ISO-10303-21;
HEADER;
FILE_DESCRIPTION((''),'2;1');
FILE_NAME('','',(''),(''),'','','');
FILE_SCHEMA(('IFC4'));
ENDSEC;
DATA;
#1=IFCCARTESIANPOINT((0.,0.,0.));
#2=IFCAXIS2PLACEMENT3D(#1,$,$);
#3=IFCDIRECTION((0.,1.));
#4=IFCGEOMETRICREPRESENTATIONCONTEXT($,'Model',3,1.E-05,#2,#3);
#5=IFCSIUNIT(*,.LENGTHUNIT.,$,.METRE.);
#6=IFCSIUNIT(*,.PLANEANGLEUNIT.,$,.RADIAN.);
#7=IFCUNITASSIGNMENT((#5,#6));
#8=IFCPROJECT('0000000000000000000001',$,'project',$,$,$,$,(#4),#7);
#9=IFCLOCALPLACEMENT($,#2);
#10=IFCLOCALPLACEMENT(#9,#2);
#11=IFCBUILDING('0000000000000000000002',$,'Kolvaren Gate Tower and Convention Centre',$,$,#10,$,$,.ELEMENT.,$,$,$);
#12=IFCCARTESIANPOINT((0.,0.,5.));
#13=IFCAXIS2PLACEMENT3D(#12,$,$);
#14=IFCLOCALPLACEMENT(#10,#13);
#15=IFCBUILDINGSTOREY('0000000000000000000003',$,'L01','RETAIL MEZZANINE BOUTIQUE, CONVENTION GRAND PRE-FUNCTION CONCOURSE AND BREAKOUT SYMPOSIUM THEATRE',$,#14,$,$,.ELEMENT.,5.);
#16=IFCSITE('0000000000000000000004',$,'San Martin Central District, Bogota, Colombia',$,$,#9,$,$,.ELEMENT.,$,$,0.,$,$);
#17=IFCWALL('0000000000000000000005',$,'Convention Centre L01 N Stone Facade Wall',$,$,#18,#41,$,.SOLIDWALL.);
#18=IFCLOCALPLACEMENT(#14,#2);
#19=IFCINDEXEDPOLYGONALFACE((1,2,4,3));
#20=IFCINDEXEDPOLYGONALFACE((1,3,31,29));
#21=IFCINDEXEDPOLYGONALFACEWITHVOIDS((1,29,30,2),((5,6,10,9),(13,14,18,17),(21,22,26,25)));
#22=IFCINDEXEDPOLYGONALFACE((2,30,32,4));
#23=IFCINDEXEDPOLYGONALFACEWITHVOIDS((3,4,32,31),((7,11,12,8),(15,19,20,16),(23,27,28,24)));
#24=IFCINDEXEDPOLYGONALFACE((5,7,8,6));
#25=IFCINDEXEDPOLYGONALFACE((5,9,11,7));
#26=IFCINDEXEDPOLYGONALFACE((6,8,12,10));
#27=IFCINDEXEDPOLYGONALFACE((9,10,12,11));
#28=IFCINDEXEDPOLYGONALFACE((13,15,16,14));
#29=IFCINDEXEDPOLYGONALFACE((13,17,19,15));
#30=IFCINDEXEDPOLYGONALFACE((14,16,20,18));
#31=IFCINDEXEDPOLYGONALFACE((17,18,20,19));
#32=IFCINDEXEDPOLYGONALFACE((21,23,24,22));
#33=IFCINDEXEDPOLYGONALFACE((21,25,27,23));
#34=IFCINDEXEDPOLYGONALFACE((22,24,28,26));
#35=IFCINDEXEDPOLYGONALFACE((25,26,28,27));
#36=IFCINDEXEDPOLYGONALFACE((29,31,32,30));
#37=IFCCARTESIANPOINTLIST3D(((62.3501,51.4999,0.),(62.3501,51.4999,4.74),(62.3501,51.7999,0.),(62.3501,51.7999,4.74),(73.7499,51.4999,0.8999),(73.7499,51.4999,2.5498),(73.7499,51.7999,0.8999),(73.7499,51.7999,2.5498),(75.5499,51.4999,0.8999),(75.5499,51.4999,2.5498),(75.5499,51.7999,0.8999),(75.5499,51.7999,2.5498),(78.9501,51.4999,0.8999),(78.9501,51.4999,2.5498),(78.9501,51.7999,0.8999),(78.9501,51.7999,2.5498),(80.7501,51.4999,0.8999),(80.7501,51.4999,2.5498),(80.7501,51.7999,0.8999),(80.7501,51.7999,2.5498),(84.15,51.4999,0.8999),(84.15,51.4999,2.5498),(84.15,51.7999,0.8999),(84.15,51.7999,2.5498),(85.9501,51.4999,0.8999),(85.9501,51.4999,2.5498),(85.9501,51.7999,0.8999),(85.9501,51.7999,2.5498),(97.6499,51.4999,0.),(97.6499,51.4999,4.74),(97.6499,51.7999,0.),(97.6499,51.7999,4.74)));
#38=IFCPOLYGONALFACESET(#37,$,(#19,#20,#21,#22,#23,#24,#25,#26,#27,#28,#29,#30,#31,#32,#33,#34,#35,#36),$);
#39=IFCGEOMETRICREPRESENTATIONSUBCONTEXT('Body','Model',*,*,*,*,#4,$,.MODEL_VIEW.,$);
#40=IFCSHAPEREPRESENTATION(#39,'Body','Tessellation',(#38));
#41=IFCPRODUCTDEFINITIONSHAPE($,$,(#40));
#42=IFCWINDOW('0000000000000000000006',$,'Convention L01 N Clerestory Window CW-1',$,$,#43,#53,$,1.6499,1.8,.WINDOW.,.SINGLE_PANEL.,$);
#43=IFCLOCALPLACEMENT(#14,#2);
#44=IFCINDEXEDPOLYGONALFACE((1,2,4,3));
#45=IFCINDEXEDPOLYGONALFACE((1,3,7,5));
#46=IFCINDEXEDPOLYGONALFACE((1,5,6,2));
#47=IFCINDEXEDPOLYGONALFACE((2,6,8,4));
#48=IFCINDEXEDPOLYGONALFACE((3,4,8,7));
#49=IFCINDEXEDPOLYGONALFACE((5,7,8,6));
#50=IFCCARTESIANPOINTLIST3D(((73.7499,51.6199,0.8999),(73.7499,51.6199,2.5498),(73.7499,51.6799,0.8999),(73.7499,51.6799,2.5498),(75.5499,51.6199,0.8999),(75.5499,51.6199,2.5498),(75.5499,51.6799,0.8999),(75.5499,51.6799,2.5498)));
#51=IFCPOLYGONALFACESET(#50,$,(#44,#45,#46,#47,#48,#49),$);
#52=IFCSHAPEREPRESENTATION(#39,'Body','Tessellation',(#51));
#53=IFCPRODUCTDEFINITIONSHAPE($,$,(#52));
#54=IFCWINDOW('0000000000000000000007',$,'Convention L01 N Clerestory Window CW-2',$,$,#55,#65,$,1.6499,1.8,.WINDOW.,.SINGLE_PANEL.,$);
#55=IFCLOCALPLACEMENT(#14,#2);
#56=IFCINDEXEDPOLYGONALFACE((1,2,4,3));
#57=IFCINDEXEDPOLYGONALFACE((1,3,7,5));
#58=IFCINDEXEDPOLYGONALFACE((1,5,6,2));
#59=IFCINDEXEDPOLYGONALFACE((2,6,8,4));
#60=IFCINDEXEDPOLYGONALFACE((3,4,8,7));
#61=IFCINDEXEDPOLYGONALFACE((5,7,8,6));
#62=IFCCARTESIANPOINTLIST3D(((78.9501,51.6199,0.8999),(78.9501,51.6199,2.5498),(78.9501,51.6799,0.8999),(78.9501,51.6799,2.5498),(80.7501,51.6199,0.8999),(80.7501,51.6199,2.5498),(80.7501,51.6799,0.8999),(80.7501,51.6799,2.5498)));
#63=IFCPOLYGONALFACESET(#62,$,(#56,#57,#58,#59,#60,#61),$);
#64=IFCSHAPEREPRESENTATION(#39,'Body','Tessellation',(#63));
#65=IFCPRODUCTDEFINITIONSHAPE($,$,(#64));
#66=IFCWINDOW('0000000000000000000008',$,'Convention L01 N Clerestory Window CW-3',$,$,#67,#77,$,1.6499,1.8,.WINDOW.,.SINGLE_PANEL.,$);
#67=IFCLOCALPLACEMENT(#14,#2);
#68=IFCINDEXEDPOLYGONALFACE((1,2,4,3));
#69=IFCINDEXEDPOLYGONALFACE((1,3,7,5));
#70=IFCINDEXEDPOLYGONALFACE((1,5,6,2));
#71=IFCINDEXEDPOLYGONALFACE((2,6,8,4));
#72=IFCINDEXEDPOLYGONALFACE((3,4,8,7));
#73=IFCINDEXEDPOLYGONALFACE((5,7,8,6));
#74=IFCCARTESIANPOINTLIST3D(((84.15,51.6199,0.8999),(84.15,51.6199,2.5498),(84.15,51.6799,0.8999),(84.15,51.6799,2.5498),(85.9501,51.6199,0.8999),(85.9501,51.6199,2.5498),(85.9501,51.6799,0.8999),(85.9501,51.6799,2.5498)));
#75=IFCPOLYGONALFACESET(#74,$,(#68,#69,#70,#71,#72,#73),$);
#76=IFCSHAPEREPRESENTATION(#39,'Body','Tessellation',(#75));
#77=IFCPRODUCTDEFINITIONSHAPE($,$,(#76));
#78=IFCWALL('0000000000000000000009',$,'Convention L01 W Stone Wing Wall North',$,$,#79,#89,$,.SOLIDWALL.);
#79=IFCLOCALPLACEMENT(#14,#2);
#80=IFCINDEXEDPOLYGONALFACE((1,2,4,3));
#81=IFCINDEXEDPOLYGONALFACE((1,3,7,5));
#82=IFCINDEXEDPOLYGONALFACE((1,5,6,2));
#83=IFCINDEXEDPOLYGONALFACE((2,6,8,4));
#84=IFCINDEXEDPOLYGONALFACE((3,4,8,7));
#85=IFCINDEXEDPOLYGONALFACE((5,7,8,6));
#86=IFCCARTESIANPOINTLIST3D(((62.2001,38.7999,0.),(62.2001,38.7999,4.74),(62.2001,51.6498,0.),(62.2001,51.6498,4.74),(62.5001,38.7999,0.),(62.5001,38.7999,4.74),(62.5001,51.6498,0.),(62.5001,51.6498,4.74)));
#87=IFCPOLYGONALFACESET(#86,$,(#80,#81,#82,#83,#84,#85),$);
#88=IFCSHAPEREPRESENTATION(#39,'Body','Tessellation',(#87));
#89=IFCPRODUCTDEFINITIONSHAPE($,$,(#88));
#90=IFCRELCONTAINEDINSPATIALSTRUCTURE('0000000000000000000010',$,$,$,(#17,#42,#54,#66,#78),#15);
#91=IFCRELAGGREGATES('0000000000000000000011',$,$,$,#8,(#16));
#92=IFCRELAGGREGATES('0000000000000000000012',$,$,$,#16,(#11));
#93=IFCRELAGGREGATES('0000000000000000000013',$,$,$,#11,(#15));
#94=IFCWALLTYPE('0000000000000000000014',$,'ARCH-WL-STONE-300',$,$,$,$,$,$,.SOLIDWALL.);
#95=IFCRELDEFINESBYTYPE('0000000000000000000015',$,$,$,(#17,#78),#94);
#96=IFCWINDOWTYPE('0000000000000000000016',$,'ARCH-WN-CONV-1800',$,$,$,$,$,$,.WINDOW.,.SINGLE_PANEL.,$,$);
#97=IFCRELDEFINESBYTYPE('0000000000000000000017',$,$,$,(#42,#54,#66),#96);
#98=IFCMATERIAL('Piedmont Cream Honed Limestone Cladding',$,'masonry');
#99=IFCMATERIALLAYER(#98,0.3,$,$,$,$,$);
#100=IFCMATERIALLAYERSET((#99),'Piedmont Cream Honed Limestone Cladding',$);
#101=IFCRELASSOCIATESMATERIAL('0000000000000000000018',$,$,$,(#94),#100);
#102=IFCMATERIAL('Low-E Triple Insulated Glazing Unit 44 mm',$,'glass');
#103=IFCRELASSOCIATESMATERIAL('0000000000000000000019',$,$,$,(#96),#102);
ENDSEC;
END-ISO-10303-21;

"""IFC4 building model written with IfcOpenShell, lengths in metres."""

from ifc_helpers import new_model, si_unit, direction, frame, frame_2d, origin, place, context, subcontext, project, spatial, rectangle, extrude, material, layer, layer_set, type_object, element, fill, save


model = new_model("IFC4")

# Units and contexts
model_context = context("Model", 3, precision=1e-05, world=origin(), true_north=direction((0.0, 1.0)))
body_context = subcontext(model_context, "Body", "Model", "MODEL_VIEW")
ifc_project = project(units=[si_unit("LENGTHUNIT", "METRE"), si_unit("PLANEANGLEUNIT", "RADIAN")], contexts=[model_context])

# Site, building, storey
site_placement = place(None, origin())
site = spatial("IfcSite", under=ifc_project, at=site_placement, Name="San Martin Central District, Bogota, Colombia", CompositionType="ELEMENT", RefElevation=0.0)
building_placement = place(site_placement, origin())
building = spatial("IfcBuilding", under=site, at=building_placement, Name="Kolvaren Gate Tower and Convention Centre", CompositionType="ELEMENT")
storey_placement = place(building_placement, frame((0.0, 0.0, 5.0)))
storey = spatial("IfcBuildingStorey", under=building, at=storey_placement, Name="L01", Description="RETAIL MEZZANINE BOUTIQUE, CONVENTION GRAND PRE-FUNCTION CONCOURSE AND BREAKOUT SYMPOSIUM THEATRE", CompositionType="ELEMENT", Elevation=5.0)

# Shared definitions
ifc_material_1 = material(Name="Low-E Triple Insulated Glazing Unit 44 mm", Category="glass")

# Shared definitions
ifc_material_2 = material(Name="Piedmont Cream Honed Limestone Cladding", Category="masonry")
ifc_layer_1 = layer(ifc_material_2, 0.3)
ifc_layer_set_1 = layer_set([ifc_layer_1], Name="Piedmont Cream Honed Limestone Cladding")
wall_type_1 = type_object("IfcWallType", Name="ARCH-WL-STONE-300", PredefinedType="SOLIDWALL", material=ifc_layer_set_1)

# Wall, openings, windows
wall_1_placement = place(storey_placement, frame((62.3501, 51.6499, 0.0), z_axis=(0.0, 0.0, 1.0), x_axis=(1.0, 0.0, 0.0)))
wall_1 = element("IfcWall", 1, at=wall_1_placement, inside=storey, type_object=wall_type_1, Name="Convention Centre L01 N Stone Facade Wall", PredefinedType="SOLIDWALL", context=body_context, shape_type="SweptSolid", body=[
    extrude(rectangle(XDim=35.2998, YDim=0.3, at=frame_2d((17.6499, 0.0))), origin(), (0.0, 0.0, 1.0), 4.74),
])
opening_1_placement = place(wall_1_placement, frame((11.3999, 0.0, 0.8999)))
opening_1 = element("IfcOpeningElement", 2, at=opening_1_placement, cuts=wall_1, PredefinedType="OPENING", context=body_context, shape_type="SweptSolid", body=[
    extrude(rectangle(XDim=1.8, YDim=1.6499, at=frame_2d((0.8999, 0.825))), frame((0.0, 0.1599, 0.0), z_axis=(0.0, -1.0, 0.0), x_axis=(1.0, 0.0, 0.0)), (0.0, 0.0, 1.0), 0.3201),
])
opening_2_placement = place(wall_1_placement, frame((16.6001, 0.0, 0.8999)))
opening_2 = element("IfcOpeningElement", 3, at=opening_2_placement, cuts=wall_1, PredefinedType="OPENING", context=body_context, shape_type="SweptSolid", body=[
    extrude(rectangle(XDim=1.8, YDim=1.6499, at=frame_2d((0.8999, 0.825))), frame((0.0, 0.1599, 0.0), z_axis=(0.0, -1.0, 0.0), x_axis=(1.0, 0.0, 0.0)), (0.0, 0.0, 1.0), 0.3201),
])
opening_3_placement = place(wall_1_placement, frame((21.8, 0.0, 0.8999)))
opening_3 = element("IfcOpeningElement", 4, at=opening_3_placement, cuts=wall_1, PredefinedType="OPENING", context=body_context, shape_type="SweptSolid", body=[
    extrude(rectangle(XDim=1.8, YDim=1.6499, at=frame_2d((0.8999, 0.825))), frame((0.0, 0.1599, 0.0), z_axis=(0.0, -1.0, 0.0), x_axis=(1.0, 0.0, 0.0)), (0.0, 0.0, 1.0), 0.3201),
])
window_type_1 = type_object("IfcWindowType", Name="ARCH-WN-CONV-1800", PartitioningType="SINGLE_PANEL", PredefinedType="WINDOW", material=ifc_material_1)
window_1_placement = place(opening_1_placement, origin())
window_1 = element("IfcWindow", 5, at=window_1_placement, inside=storey, type_object=window_type_1, Name="Convention L01 N Clerestory Window CW-1", OverallHeight=1.6499, OverallWidth=1.8, PartitioningType="SINGLE_PANEL", PredefinedType="WINDOW", context=body_context, shape_type="SweptSolid", body=[
    extrude(rectangle(XDim=1.8, YDim=1.6499, at=frame_2d((0.8999, 0.825))), frame((0.0, 0.03, 0.0), z_axis=(0.0, -1.0, 0.0), x_axis=(1.0, 0.0, 0.0)), (0.0, 0.0, 1.0), 0.0601),
])
fill(opening_1, window_1)
window_2_placement = place(opening_2_placement, origin())
window_2 = element("IfcWindow", 6, at=window_2_placement, inside=storey, type_object=window_type_1, Name="Convention L01 N Clerestory Window CW-2", OverallHeight=1.6499, OverallWidth=1.8, PartitioningType="SINGLE_PANEL", PredefinedType="WINDOW", context=body_context, shape_type="SweptSolid", body=[
    extrude(rectangle(XDim=1.8, YDim=1.6499, at=frame_2d((0.8999, 0.825))), frame((0.0, 0.03, 0.0), z_axis=(0.0, -1.0, 0.0), x_axis=(1.0, 0.0, 0.0)), (0.0, 0.0, 1.0), 0.0601),
])
fill(opening_2, window_2)
window_3_placement = place(opening_3_placement, origin())
window_3 = element("IfcWindow", 7, at=window_3_placement, inside=storey, type_object=window_type_1, Name="Convention L01 N Clerestory Window CW-3", OverallHeight=1.6499, OverallWidth=1.8, PartitioningType="SINGLE_PANEL", PredefinedType="WINDOW", context=body_context, shape_type="SweptSolid", body=[
    extrude(rectangle(XDim=1.8, YDim=1.6499, at=frame_2d((0.8999, 0.825))), frame((0.0, 0.03, 0.0), z_axis=(0.0, -1.0, 0.0), x_axis=(1.0, 0.0, 0.0)), (0.0, 0.0, 1.0), 0.0601),
])
fill(opening_3, window_3)

# Wall
wall_2_placement = place(storey_placement, frame((62.3501, 38.8, 0.0), z_axis=(0.0, 0.0, 1.0), x_axis=(0.0, 1.0, 0.0)))
element("IfcWall", 8, at=wall_2_placement, inside=storey, type_object=wall_type_1, Name="Convention L01 W Stone Wing Wall North", PredefinedType="SOLIDWALL", context=body_context, shape_type="SweptSolid", body=[
    extrude(rectangle(XDim=12.8499, YDim=0.3, at=frame_2d((6.4248, 0.0))), origin(), (0.0, 0.0, 1.0), 4.74),
])

save(model, "model.ifc")
